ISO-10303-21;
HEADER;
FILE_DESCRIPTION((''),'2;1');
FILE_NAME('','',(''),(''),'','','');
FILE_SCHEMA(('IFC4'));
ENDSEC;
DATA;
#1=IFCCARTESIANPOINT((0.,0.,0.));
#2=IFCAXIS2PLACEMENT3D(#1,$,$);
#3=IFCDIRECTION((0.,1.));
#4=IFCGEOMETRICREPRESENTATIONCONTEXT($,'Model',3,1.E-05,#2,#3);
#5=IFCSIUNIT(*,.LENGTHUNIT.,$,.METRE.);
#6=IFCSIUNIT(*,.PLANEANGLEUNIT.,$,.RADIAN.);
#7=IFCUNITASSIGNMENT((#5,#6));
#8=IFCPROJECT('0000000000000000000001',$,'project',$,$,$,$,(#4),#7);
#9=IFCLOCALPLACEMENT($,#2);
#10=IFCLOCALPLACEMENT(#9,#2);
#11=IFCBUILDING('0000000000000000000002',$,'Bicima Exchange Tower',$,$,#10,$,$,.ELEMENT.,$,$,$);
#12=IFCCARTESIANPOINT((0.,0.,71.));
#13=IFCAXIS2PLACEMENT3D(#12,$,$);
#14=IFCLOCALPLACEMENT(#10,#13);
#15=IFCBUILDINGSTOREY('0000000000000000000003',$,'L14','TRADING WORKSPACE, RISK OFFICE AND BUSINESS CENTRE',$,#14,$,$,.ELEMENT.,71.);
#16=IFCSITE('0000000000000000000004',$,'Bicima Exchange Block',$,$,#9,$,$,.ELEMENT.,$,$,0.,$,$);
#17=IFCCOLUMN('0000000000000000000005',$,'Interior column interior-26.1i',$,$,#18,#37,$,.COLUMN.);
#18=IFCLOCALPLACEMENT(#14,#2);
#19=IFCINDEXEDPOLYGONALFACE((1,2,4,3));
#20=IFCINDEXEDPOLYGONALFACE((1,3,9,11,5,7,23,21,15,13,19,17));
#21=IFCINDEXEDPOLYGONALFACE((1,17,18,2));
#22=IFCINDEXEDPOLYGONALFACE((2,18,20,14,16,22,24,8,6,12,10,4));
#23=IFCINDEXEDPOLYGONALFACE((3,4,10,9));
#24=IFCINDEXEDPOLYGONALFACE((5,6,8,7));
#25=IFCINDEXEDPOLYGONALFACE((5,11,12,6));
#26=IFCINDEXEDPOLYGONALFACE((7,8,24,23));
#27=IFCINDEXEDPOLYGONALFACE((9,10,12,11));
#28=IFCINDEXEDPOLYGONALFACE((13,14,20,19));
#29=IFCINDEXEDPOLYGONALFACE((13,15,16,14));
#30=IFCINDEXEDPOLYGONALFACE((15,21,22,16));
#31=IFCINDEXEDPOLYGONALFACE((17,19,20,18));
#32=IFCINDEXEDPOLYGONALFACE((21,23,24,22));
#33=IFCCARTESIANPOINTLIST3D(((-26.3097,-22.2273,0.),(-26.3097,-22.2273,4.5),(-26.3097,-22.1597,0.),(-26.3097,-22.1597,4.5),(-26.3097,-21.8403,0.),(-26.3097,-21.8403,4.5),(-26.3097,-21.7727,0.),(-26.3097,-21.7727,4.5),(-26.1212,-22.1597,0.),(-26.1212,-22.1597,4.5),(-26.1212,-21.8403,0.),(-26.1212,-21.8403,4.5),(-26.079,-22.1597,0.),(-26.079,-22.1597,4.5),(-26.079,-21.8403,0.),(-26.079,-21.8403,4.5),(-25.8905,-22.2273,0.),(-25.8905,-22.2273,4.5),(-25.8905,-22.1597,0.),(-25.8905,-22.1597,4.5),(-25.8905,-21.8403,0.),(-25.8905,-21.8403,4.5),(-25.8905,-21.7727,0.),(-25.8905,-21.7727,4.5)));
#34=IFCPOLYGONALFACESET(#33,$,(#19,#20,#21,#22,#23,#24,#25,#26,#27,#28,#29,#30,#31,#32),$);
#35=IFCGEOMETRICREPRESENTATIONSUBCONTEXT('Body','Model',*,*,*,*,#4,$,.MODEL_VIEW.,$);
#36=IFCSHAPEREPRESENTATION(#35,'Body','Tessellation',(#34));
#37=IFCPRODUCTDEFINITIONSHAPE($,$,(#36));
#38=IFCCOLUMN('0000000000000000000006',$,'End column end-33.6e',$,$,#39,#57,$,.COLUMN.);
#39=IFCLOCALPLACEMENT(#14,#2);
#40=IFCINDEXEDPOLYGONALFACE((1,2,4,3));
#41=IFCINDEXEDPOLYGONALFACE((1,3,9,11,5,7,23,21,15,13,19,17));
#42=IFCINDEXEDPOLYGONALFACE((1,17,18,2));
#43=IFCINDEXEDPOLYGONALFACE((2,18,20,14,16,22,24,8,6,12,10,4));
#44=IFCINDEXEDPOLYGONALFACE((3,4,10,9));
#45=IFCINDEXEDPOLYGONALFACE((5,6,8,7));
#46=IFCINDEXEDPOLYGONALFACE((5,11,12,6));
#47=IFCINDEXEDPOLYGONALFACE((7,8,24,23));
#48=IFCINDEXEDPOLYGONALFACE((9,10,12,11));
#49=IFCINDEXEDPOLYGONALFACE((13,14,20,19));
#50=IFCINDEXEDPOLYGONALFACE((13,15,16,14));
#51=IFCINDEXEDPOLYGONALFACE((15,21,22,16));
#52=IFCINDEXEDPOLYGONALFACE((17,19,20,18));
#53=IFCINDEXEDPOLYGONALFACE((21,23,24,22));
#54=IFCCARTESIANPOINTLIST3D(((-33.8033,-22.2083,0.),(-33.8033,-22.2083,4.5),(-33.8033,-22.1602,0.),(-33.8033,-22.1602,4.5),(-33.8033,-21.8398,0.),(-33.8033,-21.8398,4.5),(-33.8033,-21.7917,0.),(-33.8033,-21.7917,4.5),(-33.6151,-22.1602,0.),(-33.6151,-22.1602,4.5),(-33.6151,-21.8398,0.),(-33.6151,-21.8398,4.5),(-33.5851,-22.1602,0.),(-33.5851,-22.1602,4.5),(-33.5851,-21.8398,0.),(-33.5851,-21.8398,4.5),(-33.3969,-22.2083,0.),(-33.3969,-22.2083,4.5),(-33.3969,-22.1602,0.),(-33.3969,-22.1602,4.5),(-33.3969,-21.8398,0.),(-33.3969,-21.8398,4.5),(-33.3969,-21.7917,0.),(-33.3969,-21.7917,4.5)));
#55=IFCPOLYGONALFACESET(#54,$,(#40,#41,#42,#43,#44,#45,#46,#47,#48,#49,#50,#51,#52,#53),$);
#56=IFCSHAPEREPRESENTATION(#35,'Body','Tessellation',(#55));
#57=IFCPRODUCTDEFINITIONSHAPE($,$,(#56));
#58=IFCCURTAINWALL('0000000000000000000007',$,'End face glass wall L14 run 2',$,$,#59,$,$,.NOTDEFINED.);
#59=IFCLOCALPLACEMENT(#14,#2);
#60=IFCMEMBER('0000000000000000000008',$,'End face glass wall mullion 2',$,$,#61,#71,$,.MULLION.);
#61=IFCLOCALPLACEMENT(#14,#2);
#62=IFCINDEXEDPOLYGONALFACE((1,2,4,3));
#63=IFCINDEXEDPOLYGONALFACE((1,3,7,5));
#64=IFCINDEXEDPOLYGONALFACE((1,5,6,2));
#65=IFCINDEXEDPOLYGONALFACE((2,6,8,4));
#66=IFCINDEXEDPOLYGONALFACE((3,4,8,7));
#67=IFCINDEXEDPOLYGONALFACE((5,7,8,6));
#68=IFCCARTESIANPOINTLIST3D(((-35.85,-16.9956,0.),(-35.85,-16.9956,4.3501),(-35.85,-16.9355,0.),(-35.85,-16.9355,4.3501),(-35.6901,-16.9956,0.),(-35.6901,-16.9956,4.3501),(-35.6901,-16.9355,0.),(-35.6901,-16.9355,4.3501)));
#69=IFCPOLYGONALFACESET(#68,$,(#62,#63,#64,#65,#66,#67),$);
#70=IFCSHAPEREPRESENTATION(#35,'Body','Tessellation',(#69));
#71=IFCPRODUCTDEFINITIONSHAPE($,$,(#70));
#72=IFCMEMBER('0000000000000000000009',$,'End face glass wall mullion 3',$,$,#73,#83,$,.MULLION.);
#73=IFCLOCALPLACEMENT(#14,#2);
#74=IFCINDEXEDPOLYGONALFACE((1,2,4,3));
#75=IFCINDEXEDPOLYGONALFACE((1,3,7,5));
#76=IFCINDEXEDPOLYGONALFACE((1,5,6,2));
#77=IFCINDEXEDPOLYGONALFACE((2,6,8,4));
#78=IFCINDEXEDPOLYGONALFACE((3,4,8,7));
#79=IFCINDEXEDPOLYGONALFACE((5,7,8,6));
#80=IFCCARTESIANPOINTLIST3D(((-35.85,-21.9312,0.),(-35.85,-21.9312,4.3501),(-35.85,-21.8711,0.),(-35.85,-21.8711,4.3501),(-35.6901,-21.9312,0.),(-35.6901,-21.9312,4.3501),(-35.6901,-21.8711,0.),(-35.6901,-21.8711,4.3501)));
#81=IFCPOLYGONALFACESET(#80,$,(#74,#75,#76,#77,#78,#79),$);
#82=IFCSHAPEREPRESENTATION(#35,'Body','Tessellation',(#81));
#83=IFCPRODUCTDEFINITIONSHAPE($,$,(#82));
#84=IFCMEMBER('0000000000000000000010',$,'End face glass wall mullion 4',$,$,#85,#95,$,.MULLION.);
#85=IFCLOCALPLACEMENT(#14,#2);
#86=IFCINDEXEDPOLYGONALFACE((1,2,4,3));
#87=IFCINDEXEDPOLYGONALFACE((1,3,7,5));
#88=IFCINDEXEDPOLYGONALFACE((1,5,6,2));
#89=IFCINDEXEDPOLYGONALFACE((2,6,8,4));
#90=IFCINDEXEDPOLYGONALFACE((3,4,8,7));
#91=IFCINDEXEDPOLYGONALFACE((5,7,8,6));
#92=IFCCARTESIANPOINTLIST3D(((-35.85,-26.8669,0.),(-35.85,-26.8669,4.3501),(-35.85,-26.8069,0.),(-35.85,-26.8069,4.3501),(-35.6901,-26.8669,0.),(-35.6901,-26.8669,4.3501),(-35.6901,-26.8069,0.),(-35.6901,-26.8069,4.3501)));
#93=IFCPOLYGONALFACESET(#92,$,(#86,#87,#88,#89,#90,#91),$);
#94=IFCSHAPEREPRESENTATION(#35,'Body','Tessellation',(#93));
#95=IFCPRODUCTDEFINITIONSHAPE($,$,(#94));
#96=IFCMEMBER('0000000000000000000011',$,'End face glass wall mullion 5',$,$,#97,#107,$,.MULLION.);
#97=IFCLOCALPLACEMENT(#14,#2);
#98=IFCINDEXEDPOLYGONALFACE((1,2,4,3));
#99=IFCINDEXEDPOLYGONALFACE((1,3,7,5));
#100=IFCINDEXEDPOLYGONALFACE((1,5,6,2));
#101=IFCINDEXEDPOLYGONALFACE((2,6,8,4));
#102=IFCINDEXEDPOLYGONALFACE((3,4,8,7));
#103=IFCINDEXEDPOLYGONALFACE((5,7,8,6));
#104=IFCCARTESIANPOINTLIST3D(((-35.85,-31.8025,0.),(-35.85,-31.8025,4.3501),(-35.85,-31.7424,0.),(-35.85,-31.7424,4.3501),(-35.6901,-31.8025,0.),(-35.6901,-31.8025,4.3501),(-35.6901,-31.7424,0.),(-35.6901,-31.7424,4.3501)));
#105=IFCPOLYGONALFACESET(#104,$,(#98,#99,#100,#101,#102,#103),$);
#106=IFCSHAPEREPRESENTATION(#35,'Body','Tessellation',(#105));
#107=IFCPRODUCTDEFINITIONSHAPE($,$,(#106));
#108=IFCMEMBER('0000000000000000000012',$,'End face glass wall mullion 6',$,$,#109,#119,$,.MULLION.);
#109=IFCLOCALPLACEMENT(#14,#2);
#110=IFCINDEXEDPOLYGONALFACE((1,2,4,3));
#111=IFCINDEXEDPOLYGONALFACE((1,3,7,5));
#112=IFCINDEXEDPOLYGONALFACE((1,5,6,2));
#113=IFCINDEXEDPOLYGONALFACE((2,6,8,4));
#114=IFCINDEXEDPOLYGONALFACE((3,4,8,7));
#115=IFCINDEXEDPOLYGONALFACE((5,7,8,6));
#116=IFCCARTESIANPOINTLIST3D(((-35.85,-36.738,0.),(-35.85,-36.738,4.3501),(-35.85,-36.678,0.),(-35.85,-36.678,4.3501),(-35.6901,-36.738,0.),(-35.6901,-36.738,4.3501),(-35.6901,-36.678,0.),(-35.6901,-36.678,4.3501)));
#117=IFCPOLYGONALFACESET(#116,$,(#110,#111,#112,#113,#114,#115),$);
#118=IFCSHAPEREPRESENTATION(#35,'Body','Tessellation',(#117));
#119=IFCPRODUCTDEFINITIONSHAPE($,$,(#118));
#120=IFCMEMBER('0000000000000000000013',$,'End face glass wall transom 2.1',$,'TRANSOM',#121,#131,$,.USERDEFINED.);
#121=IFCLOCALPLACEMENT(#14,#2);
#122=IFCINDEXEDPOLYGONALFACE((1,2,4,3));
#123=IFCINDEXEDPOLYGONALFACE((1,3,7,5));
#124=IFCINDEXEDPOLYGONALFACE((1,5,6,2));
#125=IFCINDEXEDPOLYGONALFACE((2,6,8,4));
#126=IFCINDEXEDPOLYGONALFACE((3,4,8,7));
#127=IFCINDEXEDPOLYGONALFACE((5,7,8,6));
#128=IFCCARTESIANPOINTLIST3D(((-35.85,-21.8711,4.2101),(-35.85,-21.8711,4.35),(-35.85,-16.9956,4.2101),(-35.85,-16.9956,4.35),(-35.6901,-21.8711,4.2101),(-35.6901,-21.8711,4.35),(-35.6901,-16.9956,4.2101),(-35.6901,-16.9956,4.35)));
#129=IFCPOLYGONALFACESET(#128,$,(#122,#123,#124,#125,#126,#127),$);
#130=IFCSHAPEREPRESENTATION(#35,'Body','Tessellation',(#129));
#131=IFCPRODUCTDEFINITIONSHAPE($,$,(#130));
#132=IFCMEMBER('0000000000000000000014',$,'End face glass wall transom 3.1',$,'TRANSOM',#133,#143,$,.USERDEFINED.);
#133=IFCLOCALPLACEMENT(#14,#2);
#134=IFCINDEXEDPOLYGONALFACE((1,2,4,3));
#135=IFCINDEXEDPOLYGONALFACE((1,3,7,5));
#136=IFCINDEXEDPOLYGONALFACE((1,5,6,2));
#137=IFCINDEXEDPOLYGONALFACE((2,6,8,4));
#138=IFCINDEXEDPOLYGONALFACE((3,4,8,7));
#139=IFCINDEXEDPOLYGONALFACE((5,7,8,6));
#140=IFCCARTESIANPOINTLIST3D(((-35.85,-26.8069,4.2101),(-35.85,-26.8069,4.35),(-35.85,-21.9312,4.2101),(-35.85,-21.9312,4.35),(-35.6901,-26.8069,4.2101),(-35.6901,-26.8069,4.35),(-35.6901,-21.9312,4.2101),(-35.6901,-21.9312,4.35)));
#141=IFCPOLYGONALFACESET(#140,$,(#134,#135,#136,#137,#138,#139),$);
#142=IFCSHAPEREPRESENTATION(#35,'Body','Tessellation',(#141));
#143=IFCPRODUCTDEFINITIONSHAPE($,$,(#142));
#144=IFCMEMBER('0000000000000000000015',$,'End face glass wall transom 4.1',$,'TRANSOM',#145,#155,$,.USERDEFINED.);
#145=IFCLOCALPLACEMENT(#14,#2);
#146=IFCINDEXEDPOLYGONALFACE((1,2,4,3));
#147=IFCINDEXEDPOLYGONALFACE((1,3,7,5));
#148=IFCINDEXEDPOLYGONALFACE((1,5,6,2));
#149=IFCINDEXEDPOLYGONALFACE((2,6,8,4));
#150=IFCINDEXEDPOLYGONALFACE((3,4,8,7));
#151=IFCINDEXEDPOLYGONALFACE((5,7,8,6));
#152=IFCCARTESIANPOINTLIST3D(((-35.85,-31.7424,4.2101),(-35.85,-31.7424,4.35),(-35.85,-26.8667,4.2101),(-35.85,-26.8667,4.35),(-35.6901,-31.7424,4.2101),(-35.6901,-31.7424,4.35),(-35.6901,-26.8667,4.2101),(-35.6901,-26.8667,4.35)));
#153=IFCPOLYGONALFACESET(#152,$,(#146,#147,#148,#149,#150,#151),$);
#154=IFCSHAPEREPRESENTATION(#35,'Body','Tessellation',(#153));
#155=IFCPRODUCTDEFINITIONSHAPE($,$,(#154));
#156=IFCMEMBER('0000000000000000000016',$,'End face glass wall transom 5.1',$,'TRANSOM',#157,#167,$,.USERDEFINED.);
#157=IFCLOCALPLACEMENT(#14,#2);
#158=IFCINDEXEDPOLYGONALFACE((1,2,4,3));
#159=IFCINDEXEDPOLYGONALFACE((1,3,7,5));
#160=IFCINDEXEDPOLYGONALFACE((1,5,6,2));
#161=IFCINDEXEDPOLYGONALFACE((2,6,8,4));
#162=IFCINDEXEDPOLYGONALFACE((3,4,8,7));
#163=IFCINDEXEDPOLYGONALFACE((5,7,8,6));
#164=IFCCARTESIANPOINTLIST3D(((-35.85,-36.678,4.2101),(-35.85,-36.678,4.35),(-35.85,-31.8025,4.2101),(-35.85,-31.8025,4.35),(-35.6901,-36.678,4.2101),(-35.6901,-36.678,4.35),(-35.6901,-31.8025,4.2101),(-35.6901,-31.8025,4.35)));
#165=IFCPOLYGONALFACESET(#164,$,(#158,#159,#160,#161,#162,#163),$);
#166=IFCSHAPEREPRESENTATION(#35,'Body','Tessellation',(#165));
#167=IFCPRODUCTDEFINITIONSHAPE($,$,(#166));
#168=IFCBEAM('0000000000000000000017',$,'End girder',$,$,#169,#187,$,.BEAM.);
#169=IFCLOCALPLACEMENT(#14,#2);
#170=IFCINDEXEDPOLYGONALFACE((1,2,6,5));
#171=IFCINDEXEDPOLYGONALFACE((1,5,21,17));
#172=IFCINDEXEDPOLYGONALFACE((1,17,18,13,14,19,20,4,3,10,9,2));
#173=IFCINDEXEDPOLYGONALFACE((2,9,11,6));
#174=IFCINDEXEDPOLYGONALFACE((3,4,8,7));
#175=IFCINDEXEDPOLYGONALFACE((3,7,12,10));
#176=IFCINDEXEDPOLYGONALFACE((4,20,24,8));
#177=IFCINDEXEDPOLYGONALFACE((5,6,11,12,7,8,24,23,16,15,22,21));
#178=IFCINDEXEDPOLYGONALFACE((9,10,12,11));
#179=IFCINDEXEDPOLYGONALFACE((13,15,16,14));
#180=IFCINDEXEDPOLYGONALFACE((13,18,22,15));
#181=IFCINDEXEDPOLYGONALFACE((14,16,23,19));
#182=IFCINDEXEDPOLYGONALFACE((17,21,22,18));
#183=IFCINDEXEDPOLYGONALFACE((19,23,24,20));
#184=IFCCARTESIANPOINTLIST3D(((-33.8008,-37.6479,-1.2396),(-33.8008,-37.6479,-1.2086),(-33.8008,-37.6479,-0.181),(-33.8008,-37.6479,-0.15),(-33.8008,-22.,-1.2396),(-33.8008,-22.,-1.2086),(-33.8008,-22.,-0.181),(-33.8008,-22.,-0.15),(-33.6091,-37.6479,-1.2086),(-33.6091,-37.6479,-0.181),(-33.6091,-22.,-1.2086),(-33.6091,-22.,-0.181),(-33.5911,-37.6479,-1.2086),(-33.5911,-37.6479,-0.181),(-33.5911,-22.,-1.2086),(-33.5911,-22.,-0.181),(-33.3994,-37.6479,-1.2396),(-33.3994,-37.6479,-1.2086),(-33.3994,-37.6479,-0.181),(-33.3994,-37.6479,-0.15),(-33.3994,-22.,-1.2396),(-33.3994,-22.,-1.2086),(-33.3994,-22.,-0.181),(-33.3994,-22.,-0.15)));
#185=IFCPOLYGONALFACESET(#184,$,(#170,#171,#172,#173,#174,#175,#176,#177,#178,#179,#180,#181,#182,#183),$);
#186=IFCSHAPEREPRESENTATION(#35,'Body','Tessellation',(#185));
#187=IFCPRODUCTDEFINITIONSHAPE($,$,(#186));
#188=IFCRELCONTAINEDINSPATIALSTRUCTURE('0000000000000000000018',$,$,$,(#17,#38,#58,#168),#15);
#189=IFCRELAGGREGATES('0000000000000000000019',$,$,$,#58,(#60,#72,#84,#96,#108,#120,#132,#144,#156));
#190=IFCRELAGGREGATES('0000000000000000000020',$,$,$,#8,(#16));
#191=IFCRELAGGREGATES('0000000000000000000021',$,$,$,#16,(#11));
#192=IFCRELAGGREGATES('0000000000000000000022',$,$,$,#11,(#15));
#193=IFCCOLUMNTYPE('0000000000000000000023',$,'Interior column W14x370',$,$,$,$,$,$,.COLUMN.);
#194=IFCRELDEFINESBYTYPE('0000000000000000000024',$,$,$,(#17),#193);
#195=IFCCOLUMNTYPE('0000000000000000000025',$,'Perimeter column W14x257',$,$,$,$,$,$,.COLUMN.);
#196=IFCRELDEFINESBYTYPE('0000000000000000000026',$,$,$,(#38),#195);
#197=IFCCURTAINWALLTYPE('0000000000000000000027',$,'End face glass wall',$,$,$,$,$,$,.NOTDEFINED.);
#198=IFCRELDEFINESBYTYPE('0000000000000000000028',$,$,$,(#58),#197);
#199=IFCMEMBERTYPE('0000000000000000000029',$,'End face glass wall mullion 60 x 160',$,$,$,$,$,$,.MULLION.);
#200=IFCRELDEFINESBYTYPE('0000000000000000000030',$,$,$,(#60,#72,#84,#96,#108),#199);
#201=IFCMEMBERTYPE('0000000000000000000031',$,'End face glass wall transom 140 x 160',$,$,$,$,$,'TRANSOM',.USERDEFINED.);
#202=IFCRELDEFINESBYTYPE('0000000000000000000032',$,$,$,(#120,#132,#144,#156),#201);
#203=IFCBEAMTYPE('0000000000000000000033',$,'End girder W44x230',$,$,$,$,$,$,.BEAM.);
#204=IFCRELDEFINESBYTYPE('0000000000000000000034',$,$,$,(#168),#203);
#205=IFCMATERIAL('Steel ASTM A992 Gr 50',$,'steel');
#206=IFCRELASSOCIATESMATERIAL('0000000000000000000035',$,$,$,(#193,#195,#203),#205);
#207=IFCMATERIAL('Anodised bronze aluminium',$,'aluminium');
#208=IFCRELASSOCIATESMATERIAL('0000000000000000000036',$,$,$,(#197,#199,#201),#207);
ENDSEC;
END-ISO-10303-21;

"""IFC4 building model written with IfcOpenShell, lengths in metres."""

from ifc_helpers import new_model, si_unit, direction, frame, origin, origin_2d, place, context, subcontext, project, spatial, rectangle, i_section, extrude, material, material_profile, profile_set, type_object, element, aggregate, save


model = new_model("IFC4")

# Units and contexts
model_context = context("Model", 3, precision=1e-05, world=origin(), true_north=direction((0.0, 1.0)))
body_context = subcontext(model_context, "Body", "Model", "MODEL_VIEW")
ifc_project = project(units=[si_unit("LENGTHUNIT", "METRE"), si_unit("PLANEANGLEUNIT", "RADIAN")], contexts=[model_context])

# Site, building, storey
site_placement = place(None, origin())
site = spatial("IfcSite", under=ifc_project, at=site_placement, Name="Bicima Exchange Block", CompositionType="ELEMENT", RefElevation=0.0)
building_placement = place(site_placement, origin())
building = spatial("IfcBuilding", under=site, at=building_placement, Name="Bicima Exchange Tower", CompositionType="ELEMENT")
storey_placement = place(building_placement, frame((0.0, 0.0, 71.0)))
storey = spatial("IfcBuildingStorey", under=building, at=storey_placement, Name="L14", Description="TRADING WORKSPACE, RISK OFFICE AND BUSINESS CENTRE", CompositionType="ELEMENT", Elevation=71.0)

# Columns
ifc_material_1 = material(Name="Steel ASTM A992 Gr 50", Category="steel")
ifc_material_profile_1 = material_profile(ifc_material_1, i_section(OverallWidth=0.4192, OverallDepth=0.4546, WebThickness=0.0422, FlangeThickness=0.0676, at=origin_2d()))
ifc_profile_set_1 = profile_set([ifc_material_profile_1], Name="Steel ASTM A992 Gr 50")
column_type_1 = type_object("IfcColumnType", Name="Interior column W14x370", PredefinedType="COLUMN", material=ifc_profile_set_1)
column_1_placement = place(storey_placement, frame((-26.1001, -22.0, 0.0), z_axis=(0.0, 0.0, 1.0), x_axis=(1.0, 0.0, 0.0)))
element("IfcColumn", 1, at=column_1_placement, inside=storey, type_object=column_type_1, Name="Interior column interior-26.1i", PredefinedType="COLUMN", context=body_context, shape_type="SweptSolid", body=[
    extrude(i_section(OverallWidth=0.4192, OverallDepth=0.4546, WebThickness=0.0422, FlangeThickness=0.0676, at=origin_2d()), origin(), (0.0, 0.0, 1.0), 4.5),
])
ifc_material_profile_2 = material_profile(ifc_material_1, i_section(OverallWidth=0.4065, OverallDepth=0.4165, WebThickness=0.03, FlangeThickness=0.0481, at=origin_2d()))
ifc_profile_set_2 = profile_set([ifc_material_profile_2], Name="Steel ASTM A992 Gr 50")
column_type_2 = type_object("IfcColumnType", Name="Perimeter column W14x257", PredefinedType="COLUMN", material=ifc_profile_set_2)
column_2_placement = place(storey_placement, frame((-33.6001, -22.0, 0.0), z_axis=(0.0, 0.0, 1.0), x_axis=(1.0, 0.0, 0.0)))
element("IfcColumn", 2, at=column_2_placement, inside=storey, type_object=column_type_2, Name="End column end-33.6e", PredefinedType="COLUMN", context=body_context, shape_type="SweptSolid", body=[
    extrude(i_section(OverallWidth=0.4065, OverallDepth=0.4165, WebThickness=0.03, FlangeThickness=0.0481, at=origin_2d()), origin(), (0.0, 0.0, 1.0), 4.5),
])

# Curtain wall, members
ifc_material_2 = material(Name="Anodised bronze aluminium", Category="aluminium")
curtain_wall_type_1 = type_object("IfcCurtainWallType", Name="End face glass wall", PredefinedType="NOTDEFINED", material=ifc_material_2)
curtain_wall_1_placement = place(storey_placement, origin())
curtain_wall_1 = element("IfcCurtainWall", 3, at=curtain_wall_1_placement, inside=storey, type_object=curtain_wall_type_1, Name="End face glass wall L14 run 2", PredefinedType="NOTDEFINED")
ifc_material_profile_3 = material_profile(ifc_material_2, rectangle(XDim=0.1599, YDim=0.0601, at=origin_2d()))
ifc_profile_set_3 = profile_set([ifc_material_profile_3], Name="Anodised bronze aluminium")
member_type_1 = type_object("IfcMemberType", Name="End face glass wall mullion 60 x 160", PredefinedType="MULLION", material=ifc_profile_set_3)
member_1_placement = place(storey_placement, frame((-35.77, -16.9656, 0.0), z_axis=(0.0, 0.0, 1.0), x_axis=(1.0, 0.0, 0.0)))
member_1 = element("IfcMember", 4, at=member_1_placement, type_object=member_type_1, Name="End face glass wall mullion 2", PredefinedType="MULLION", context=body_context, shape_type="SweptSolid", body=[
    extrude(rectangle(XDim=0.1599, YDim=0.0601, at=origin_2d()), origin(), (0.0, 0.0, 1.0), 4.3501),
])
member_2_placement = place(storey_placement, frame((-35.77, -21.9011, 0.0), z_axis=(0.0, 0.0, 1.0), x_axis=(1.0, 0.0, 0.0)))
member_2 = element("IfcMember", 5, at=member_2_placement, type_object=member_type_1, Name="End face glass wall mullion 3", PredefinedType="MULLION", context=body_context, shape_type="SweptSolid", body=[
    extrude(rectangle(XDim=0.1599, YDim=0.0601, at=origin_2d()), origin(), (0.0, 0.0, 1.0), 4.3501),
])
member_3_placement = place(storey_placement, frame((-35.77, -26.8369, 0.0), z_axis=(0.0, 0.0, 1.0), x_axis=(1.0, 0.0, 0.0)))
member_3 = element("IfcMember", 6, at=member_3_placement, type_object=member_type_1, Name="End face glass wall mullion 4", PredefinedType="MULLION", context=body_context, shape_type="SweptSolid", body=[
    extrude(rectangle(XDim=0.1599, YDim=0.0601, at=origin_2d()), origin(), (0.0, 0.0, 1.0), 4.3501),
])
member_4_placement = place(storey_placement, frame((-35.77, -31.7725, 0.0), z_axis=(0.0, 0.0, 1.0), x_axis=(1.0, 0.0, 0.0)))
member_4 = element("IfcMember", 7, at=member_4_placement, type_object=member_type_1, Name="End face glass wall mullion 5", PredefinedType="MULLION", context=body_context, shape_type="SweptSolid", body=[
    extrude(rectangle(XDim=0.1599, YDim=0.0601, at=origin_2d()), origin(), (0.0, 0.0, 1.0), 4.3501),
])
member_5_placement = place(storey_placement, frame((-35.77, -36.708, 0.0), z_axis=(0.0, 0.0, 1.0), x_axis=(1.0, 0.0, 0.0)))
member_5 = element("IfcMember", 8, at=member_5_placement, type_object=member_type_1, Name="End face glass wall mullion 6", PredefinedType="MULLION", context=body_context, shape_type="SweptSolid", body=[
    extrude(rectangle(XDim=0.1599, YDim=0.0601, at=origin_2d()), origin(), (0.0, 0.0, 1.0), 4.3501),
])
ifc_material_profile_4 = material_profile(ifc_material_2, rectangle(XDim=0.1599, YDim=0.1399, at=origin_2d()))
ifc_profile_set_4 = profile_set([ifc_material_profile_4], Name="Anodised bronze aluminium")
member_type_2 = type_object("IfcMemberType", Name="End face glass wall transom 140 x 160", ElementType="TRANSOM", PredefinedType="USERDEFINED", material=ifc_profile_set_4)
member_6_placement = place(storey_placement, frame((-35.77, -16.9956, 4.28), z_axis=(0.0, -1.0, 0.0), x_axis=(1.0, 0.0, 0.0)))
member_6 = element("IfcMember", 9, at=member_6_placement, type_object=member_type_2, Name="End face glass wall transom 2.1", ObjectType="TRANSOM", PredefinedType="USERDEFINED", context=body_context, shape_type="SweptSolid", body=[
    extrude(rectangle(XDim=0.1599, YDim=0.1399, at=origin_2d()), origin(), (0.0, 0.0, 1.0), 4.8755),
])
member_7_placement = place(storey_placement, frame((-35.77, -21.9312, 4.28), z_axis=(0.0, -1.0, 0.0), x_axis=(1.0, 0.0, 0.0)))
member_7 = element("IfcMember", 10, at=member_7_placement, type_object=member_type_2, Name="End face glass wall transom 3.1", ObjectType="TRANSOM", PredefinedType="USERDEFINED", context=body_context, shape_type="SweptSolid", body=[
    extrude(rectangle(XDim=0.1599, YDim=0.1399, at=origin_2d()), origin(), (0.0, 0.0, 1.0), 4.8757),
])
member_8_placement = place(storey_placement, frame((-35.77, -26.8667, 4.28), z_axis=(0.0, -1.0, 0.0), x_axis=(1.0, 0.0, 0.0)))
member_8 = element("IfcMember", 11, at=member_8_placement, type_object=member_type_2, Name="End face glass wall transom 4.1", ObjectType="TRANSOM", PredefinedType="USERDEFINED", context=body_context, shape_type="SweptSolid", body=[
    extrude(rectangle(XDim=0.1599, YDim=0.1399, at=origin_2d()), origin(), (0.0, 0.0, 1.0), 4.8757),
])
member_9_placement = place(storey_placement, frame((-35.77, -31.8025, 4.28), z_axis=(0.0, -1.0, 0.0), x_axis=(1.0, 0.0, 0.0)))
member_9 = element("IfcMember", 12, at=member_9_placement, type_object=member_type_2, Name="End face glass wall transom 5.1", ObjectType="TRANSOM", PredefinedType="USERDEFINED", context=body_context, shape_type="SweptSolid", body=[
    extrude(rectangle(XDim=0.1599, YDim=0.1399, at=origin_2d()), origin(), (0.0, 0.0, 1.0), 4.8755),
])

# Beam
ifc_material_profile_5 = material_profile(ifc_material_1, i_section(OverallWidth=0.4014, OverallDepth=1.0896, WebThickness=0.0181, FlangeThickness=0.031, at=origin_2d()))
ifc_profile_set_5 = profile_set([ifc_material_profile_5], Name="Steel ASTM A992 Gr 50")
beam_type_1 = type_object("IfcBeamType", Name="End girder W44x230", PredefinedType="BEAM", material=ifc_profile_set_5)
beam_1_placement = place(storey_placement, frame((-33.6001, -22.0, -0.6948), z_axis=(0.0, -1.0, 0.0), x_axis=(1.0, 0.0, 0.0)))
element("IfcBeam", 13, at=beam_1_placement, inside=storey, type_object=beam_type_1, Name="End girder", PredefinedType="BEAM", context=body_context, shape_type="SweptSolid", body=[
    extrude(i_section(OverallWidth=0.4014, OverallDepth=1.0896, WebThickness=0.0181, FlangeThickness=0.031, at=origin_2d()), origin(), (0.0, 0.0, 1.0), 15.6479),
])

aggregate(curtain_wall_1, [member_1, member_2, member_3, member_4, member_5, member_6, member_7, member_8, member_9])

save(model, "model.ifc")
